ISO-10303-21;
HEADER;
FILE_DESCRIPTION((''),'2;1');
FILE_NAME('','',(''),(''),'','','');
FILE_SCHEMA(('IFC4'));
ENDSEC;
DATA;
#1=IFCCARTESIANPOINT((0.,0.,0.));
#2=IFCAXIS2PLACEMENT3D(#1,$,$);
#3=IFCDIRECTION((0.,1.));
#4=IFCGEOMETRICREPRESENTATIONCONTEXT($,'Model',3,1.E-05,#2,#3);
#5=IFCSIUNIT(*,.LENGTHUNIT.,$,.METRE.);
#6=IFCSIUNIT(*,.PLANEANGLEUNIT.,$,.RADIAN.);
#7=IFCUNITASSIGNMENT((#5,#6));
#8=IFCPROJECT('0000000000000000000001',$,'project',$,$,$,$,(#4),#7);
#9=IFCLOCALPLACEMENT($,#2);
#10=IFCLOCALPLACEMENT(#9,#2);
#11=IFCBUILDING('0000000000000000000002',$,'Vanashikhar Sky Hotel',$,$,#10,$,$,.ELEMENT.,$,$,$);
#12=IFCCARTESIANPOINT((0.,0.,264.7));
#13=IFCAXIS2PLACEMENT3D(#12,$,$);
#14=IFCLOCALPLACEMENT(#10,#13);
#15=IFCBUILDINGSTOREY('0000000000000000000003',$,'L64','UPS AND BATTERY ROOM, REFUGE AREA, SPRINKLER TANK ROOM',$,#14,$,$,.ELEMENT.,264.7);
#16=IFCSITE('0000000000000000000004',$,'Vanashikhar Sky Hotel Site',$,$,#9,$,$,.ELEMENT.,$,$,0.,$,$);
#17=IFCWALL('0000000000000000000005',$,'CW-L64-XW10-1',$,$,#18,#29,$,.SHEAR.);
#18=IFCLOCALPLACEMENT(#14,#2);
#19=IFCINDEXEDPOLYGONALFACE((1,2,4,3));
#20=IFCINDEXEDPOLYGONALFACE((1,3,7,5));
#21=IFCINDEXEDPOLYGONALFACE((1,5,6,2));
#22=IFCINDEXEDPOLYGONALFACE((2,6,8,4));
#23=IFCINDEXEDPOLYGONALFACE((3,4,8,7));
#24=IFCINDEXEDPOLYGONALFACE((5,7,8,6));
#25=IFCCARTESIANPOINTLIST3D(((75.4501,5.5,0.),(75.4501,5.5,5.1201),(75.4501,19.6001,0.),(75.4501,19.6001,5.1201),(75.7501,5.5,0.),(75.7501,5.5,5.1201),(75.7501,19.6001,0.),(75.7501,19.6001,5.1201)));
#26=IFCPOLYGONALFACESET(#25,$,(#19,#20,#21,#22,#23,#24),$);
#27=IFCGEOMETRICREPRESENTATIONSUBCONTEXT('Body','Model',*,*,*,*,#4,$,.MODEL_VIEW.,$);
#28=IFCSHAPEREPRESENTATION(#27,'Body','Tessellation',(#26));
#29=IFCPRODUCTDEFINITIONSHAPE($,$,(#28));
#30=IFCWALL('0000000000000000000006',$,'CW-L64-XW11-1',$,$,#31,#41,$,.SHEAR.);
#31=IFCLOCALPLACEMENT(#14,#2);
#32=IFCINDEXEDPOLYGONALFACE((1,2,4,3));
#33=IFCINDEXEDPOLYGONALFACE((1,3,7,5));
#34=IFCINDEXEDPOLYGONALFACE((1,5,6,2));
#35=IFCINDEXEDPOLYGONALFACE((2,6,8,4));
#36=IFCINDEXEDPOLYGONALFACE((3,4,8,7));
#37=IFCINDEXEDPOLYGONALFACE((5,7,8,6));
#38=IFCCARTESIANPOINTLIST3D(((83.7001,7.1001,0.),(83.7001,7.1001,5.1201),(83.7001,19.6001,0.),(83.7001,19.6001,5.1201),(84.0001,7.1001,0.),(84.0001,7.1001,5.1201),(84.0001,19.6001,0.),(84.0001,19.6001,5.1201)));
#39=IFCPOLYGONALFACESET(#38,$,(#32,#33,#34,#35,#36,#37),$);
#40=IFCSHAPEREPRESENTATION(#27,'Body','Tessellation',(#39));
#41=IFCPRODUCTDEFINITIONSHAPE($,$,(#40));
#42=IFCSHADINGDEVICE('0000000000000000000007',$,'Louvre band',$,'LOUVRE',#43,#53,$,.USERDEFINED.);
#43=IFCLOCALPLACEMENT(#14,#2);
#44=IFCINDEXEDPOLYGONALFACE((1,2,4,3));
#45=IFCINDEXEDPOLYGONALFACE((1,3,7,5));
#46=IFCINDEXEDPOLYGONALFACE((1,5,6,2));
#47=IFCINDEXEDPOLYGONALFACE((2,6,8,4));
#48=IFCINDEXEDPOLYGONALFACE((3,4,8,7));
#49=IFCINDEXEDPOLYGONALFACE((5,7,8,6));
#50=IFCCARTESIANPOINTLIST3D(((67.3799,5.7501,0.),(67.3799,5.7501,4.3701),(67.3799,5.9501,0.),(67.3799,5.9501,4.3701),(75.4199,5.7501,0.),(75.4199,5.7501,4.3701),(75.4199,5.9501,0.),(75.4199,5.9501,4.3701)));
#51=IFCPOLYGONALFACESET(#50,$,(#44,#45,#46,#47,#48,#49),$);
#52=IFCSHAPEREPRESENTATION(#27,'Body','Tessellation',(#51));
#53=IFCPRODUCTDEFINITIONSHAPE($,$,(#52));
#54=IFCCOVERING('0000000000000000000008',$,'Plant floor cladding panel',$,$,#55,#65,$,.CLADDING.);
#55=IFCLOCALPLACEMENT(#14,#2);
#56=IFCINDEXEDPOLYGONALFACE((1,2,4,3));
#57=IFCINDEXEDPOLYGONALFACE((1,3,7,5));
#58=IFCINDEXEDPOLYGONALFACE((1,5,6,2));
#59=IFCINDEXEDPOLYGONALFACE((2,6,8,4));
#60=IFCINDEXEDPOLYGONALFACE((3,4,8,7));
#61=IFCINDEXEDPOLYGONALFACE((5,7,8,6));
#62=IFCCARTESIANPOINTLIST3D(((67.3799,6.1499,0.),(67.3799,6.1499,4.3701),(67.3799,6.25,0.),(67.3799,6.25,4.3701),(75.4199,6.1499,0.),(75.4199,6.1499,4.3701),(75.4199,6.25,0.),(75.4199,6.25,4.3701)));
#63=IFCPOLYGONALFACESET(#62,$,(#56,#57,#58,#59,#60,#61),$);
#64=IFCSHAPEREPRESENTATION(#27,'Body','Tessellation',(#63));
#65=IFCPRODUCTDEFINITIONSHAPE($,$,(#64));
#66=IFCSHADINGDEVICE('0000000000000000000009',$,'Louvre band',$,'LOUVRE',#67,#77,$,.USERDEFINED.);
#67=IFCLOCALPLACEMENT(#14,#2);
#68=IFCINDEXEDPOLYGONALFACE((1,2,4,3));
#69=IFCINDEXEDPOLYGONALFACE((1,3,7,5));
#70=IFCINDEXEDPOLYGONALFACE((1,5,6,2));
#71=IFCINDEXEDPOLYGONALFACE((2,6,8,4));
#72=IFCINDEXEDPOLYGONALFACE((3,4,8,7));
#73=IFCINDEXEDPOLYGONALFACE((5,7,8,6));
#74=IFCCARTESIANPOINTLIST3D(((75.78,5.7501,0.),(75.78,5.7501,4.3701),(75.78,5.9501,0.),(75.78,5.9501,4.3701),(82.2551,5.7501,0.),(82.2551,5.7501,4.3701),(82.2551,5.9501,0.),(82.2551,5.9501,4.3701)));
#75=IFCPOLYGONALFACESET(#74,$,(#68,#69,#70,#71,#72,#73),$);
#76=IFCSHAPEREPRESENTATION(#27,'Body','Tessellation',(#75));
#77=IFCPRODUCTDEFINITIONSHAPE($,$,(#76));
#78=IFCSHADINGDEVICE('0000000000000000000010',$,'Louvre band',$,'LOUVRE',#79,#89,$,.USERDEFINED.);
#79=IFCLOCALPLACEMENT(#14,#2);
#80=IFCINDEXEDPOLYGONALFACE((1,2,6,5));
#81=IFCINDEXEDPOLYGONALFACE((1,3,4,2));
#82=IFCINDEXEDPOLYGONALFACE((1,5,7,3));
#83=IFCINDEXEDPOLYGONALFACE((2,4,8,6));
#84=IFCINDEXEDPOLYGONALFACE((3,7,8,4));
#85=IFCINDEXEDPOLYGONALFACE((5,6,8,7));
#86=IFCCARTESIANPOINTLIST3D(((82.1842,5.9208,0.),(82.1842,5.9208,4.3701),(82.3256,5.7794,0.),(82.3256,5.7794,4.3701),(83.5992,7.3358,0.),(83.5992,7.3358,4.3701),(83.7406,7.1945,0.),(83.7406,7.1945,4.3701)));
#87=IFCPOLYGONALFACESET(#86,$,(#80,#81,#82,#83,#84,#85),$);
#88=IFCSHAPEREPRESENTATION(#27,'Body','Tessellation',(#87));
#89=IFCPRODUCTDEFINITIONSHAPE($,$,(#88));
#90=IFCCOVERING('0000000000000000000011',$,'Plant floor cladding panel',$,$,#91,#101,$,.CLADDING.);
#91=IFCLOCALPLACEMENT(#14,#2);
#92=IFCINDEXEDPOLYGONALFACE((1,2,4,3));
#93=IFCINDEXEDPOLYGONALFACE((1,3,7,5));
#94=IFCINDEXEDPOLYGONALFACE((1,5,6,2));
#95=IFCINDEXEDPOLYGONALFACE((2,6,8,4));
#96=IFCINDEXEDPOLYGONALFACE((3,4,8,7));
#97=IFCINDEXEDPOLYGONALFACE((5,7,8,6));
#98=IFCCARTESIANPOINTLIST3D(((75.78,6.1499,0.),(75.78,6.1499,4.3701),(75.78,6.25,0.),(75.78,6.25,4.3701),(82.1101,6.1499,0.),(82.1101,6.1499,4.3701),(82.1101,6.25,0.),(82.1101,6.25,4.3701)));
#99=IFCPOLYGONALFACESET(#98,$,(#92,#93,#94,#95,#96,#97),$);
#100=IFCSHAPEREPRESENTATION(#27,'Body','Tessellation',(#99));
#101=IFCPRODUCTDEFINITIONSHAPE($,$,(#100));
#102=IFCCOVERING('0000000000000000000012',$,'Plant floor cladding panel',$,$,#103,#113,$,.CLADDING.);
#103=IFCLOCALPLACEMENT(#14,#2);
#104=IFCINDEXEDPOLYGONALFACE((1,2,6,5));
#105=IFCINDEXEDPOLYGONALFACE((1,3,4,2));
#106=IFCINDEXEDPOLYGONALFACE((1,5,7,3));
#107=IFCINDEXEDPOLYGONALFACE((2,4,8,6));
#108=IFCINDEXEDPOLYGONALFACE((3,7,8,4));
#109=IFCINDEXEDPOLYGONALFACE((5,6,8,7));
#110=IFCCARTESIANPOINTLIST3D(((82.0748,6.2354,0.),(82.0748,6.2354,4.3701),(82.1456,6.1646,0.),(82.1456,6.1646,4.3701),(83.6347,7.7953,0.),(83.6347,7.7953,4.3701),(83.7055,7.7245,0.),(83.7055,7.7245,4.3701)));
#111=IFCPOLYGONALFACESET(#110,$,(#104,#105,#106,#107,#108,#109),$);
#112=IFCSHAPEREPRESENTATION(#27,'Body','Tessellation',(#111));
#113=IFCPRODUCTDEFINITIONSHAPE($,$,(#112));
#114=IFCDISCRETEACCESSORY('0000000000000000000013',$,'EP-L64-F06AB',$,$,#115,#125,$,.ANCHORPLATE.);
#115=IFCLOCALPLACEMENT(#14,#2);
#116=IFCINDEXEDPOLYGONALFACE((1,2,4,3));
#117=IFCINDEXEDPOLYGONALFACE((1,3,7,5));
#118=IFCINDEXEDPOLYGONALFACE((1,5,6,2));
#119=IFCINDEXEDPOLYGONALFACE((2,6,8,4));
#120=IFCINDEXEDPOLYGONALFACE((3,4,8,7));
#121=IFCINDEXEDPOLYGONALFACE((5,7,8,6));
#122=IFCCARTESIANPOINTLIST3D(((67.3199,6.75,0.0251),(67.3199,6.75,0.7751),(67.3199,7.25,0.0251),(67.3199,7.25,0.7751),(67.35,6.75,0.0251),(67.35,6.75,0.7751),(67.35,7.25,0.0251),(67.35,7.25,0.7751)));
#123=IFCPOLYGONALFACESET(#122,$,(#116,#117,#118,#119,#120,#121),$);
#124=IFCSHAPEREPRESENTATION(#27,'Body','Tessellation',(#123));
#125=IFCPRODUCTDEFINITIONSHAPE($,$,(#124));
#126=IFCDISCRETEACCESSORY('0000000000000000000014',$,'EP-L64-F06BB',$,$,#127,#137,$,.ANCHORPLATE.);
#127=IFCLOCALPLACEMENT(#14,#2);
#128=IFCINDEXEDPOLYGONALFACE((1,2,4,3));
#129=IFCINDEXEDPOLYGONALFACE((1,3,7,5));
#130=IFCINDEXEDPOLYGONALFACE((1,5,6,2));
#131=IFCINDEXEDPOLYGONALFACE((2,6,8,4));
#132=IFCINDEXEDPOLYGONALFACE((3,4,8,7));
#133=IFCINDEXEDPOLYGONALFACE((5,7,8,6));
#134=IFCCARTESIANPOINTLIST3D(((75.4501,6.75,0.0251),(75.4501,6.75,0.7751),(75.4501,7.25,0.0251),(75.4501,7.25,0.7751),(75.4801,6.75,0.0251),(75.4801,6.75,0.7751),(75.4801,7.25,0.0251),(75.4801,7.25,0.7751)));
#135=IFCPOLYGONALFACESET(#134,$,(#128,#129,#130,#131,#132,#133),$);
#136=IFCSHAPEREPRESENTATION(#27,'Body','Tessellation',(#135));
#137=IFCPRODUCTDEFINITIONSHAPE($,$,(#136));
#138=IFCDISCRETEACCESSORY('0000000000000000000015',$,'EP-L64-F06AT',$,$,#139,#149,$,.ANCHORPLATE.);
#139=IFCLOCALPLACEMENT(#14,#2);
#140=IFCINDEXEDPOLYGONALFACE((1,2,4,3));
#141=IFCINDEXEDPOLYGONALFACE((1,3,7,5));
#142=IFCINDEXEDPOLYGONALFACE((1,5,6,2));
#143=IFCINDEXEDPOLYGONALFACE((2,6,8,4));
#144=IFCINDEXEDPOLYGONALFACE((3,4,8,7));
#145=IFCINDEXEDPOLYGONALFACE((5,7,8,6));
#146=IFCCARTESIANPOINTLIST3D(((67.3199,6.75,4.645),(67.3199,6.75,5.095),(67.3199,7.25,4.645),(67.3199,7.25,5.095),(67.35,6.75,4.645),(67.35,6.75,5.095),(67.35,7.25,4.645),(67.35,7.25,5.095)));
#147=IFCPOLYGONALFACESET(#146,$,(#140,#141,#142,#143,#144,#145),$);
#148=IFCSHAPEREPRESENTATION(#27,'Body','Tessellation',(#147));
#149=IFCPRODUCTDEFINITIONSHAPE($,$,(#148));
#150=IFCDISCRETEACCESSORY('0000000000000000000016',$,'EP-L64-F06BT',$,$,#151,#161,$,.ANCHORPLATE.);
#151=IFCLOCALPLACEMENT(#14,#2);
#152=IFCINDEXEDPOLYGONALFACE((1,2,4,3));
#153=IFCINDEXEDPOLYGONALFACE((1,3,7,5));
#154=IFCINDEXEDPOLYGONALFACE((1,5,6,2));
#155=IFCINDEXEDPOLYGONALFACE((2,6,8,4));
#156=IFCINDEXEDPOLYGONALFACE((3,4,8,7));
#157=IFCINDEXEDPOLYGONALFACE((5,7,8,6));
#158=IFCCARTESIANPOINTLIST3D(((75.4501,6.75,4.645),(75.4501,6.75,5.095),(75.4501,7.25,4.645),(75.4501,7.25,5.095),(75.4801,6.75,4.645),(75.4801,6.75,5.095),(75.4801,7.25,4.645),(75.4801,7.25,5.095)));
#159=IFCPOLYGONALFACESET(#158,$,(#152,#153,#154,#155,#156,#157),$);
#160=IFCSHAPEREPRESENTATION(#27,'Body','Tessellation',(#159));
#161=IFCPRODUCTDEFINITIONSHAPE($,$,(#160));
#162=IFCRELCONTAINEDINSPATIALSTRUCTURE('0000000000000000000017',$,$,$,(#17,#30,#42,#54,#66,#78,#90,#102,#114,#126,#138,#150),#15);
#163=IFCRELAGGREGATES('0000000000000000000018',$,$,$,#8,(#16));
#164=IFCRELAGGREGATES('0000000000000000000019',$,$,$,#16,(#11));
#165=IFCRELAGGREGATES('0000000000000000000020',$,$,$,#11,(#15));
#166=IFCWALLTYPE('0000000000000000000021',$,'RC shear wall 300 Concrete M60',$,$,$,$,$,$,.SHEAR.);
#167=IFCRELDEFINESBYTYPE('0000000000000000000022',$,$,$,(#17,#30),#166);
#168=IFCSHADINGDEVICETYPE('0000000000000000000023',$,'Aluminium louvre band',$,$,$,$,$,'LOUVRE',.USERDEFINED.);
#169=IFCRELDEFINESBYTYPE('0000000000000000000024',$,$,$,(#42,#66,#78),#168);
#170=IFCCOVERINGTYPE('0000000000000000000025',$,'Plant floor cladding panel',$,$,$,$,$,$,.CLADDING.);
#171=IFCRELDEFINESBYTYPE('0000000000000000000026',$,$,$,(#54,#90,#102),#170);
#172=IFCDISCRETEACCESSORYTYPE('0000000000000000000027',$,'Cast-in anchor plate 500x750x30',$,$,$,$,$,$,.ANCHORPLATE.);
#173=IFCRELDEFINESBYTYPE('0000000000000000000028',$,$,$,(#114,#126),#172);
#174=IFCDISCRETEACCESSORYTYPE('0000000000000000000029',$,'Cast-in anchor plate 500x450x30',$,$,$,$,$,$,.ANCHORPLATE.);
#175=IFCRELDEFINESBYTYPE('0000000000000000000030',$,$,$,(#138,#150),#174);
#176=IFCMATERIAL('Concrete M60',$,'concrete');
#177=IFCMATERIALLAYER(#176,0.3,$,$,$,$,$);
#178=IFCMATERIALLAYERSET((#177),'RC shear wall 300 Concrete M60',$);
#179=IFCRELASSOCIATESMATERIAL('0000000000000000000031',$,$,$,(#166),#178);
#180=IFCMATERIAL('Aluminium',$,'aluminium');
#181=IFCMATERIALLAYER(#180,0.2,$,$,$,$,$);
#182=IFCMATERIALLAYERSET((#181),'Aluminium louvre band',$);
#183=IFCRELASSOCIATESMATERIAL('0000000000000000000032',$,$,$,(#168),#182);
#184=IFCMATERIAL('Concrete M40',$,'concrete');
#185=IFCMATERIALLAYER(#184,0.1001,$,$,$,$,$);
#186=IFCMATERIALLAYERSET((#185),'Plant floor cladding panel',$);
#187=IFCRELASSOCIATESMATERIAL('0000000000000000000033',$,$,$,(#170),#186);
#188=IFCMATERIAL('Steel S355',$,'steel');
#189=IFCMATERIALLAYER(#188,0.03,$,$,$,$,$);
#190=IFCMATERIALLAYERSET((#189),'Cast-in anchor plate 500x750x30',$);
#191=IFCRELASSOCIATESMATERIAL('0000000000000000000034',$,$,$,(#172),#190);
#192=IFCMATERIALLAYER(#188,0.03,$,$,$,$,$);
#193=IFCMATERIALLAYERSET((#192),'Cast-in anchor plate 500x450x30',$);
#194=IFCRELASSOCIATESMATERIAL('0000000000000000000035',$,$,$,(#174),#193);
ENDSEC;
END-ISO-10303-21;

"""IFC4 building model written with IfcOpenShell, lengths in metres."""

from ifc_helpers import new_model, si_unit, direction, frame, frame_2d, origin, origin_2d, place, context, subcontext, project, spatial, rectangle, extrude, source, transform, mapped, material, layer, layer_set, type_object, element, save


model = new_model("IFC4")

# Units and contexts
model_context = context("Model", 3, precision=1e-05, world=origin(), true_north=direction((0.0, 1.0)))
body_context = subcontext(model_context, "Body", "Model", "MODEL_VIEW")
ifc_project = project(units=[si_unit("LENGTHUNIT", "METRE"), si_unit("PLANEANGLEUNIT", "RADIAN")], contexts=[model_context])

# Site, building, storey
site_placement = place(None, origin())
site = spatial("IfcSite", under=ifc_project, at=site_placement, Name="Vanashikhar Sky Hotel Site", CompositionType="ELEMENT", RefElevation=0.0)
building_placement = place(site_placement, origin())
building = spatial("IfcBuilding", under=site, at=building_placement, Name="Vanashikhar Sky Hotel", CompositionType="ELEMENT")
storey_placement = place(building_placement, frame((0.0, 0.0, 264.7)))
storey = spatial("IfcBuildingStorey", under=building, at=storey_placement, Name="L64", Description="UPS AND BATTERY ROOM, REFUGE AREA, SPRINKLER TANK ROOM", CompositionType="ELEMENT", Elevation=264.7)

# Shared definitions
ifc_material_1 = material(Name="Steel S355", Category="steel")

# Walls
ifc_material_2 = material(Name="Concrete M60", Category="concrete")
ifc_layer_1 = layer(ifc_material_2, 0.3)
ifc_layer_set_1 = layer_set([ifc_layer_1], Name="RC shear wall 300 Concrete M60")
wall_type = type_object("IfcWallType", Name="RC shear wall 300 Concrete M60", PredefinedType="SHEAR", material=ifc_layer_set_1)
shared_shape_1 = source(origin(), body_context, "Body", "SweptSolid", [
    extrude(rectangle(XDim=14.1001, YDim=0.3, at=frame_2d((7.05, 0.0))), origin(), (0.0, 0.0, 1.0), 5.1201),
])
for number, where, z_axis, x_axis, name in (
    (1, (75.6001, 5.5, 0.0), (0.0, 0.0, 1.0), (0.0, 1.0, 0.0), "CW-L64-XW10-1"),
):
    element("IfcWall", number, at=place(storey_placement, frame(where, z_axis=z_axis, x_axis=x_axis)), inside=storey, type_object=wall_type, Name=name, PredefinedType="SHEAR", context=body_context, shape_type="MappedRepresentation", body=[
        mapped(shared_shape_1, transform((0.0, 0.0, 0.0), scale=1.0)),
    ])
shared_shape_2 = source(origin(), body_context, "Body", "SweptSolid", [
    extrude(rectangle(XDim=12.5, YDim=0.3, at=frame_2d((6.25, 0.0))), origin(), (0.0, 0.0, 1.0), 5.1201),
])
wall_placement = place(storey_placement, frame((83.8501, 7.1001, 0.0), z_axis=(0.0, 0.0, 1.0), x_axis=(0.0, 1.0, 0.0)))
element("IfcWall", 2, at=wall_placement, inside=storey, type_object=wall_type, Name="CW-L64-XW11-1", PredefinedType="SHEAR", context=body_context, shape_type="MappedRepresentation", body=[
    mapped(shared_shape_2, transform((0.0, 0.0, 0.0), scale=1.0)),
])

# Shading device
ifc_material_3 = material(Name="Aluminium", Category="aluminium")
ifc_layer_2 = layer(ifc_material_3, 0.2)
ifc_layer_set_2 = layer_set([ifc_layer_2], Name="Aluminium louvre band")
shading_device_type = type_object("IfcShadingDeviceType", Name="Aluminium louvre band", ElementType="LOUVRE", PredefinedType="USERDEFINED", material=ifc_layer_set_2)
shared_shape_3 = source(origin(), body_context, "Body", "SweptSolid", [
    extrude(rectangle(XDim=8.04, YDim=0.2, at=origin_2d()), origin(), (0.0, 0.0, 1.0), 4.3701),
])
shading_device_1_placement = place(storey_placement, frame((71.3999, 5.8501, 0.0), z_axis=(0.0, 0.0, 1.0), x_axis=(1.0, 0.0, 0.0)))
element("IfcShadingDevice", 3, at=shading_device_1_placement, inside=storey, type_object=shading_device_type, Name="Louvre band", ObjectType="LOUVRE", PredefinedType="USERDEFINED", context=body_context, shape_type="MappedRepresentation", body=[
    mapped(shared_shape_3, transform((0.0, 0.0, 0.0), scale=1.0)),
])

# Covering
ifc_material_4 = material(Name="Concrete M40", Category="concrete")
ifc_layer_3 = layer(ifc_material_4, 0.1001)
ifc_layer_set_3 = layer_set([ifc_layer_3], Name="Plant floor cladding panel")
covering_type = type_object("IfcCoveringType", Name="Plant floor cladding panel", PredefinedType="CLADDING", material=ifc_layer_set_3)
shared_shape_4 = source(origin(), body_context, "Body", "SweptSolid", [
    extrude(rectangle(XDim=8.04, YDim=0.1001, at=origin_2d()), origin(), (0.0, 0.0, 1.0), 4.3701),
])
covering_1_placement = place(storey_placement, frame((71.3999, 6.2, 0.0), z_axis=(0.0, 0.0, 1.0), x_axis=(1.0, 0.0, 0.0)))
element("IfcCovering", 4, at=covering_1_placement, inside=storey, type_object=covering_type, Name="Plant floor cladding panel", PredefinedType="CLADDING", context=body_context, shape_type="MappedRepresentation", body=[
    mapped(shared_shape_4, transform((0.0, 0.0, 0.0), scale=1.0)),
])

# Shading devices
shared_shape_5 = source(origin(), body_context, "Body", "SweptSolid", [
    extrude(rectangle(XDim=6.4751, YDim=0.2, at=origin_2d()), origin(), (0.0, 0.0, 1.0), 4.3701),
])
shading_device_2_placement = place(storey_placement, frame((79.0176, 5.8501, 0.0), z_axis=(0.0, 0.0, 1.0), x_axis=(1.0, 0.0, 0.0)))
element("IfcShadingDevice", 5, at=shading_device_2_placement, inside=storey, type_object=shading_device_type, Name="Louvre band", ObjectType="LOUVRE", PredefinedType="USERDEFINED", context=body_context, shape_type="MappedRepresentation", body=[
    mapped(shared_shape_5, transform((0.0, 0.0, 0.0), scale=1.0)),
])
shared_shape_6 = source(origin(), body_context, "Body", "SweptSolid", [
    extrude(rectangle(XDim=2.0012, YDim=0.2, at=origin_2d()), origin(), (0.0, 0.0, 1.0), 4.3701),
])
shading_device_3_placement = place(storey_placement, frame((82.9624, 6.5576, 0.0), z_axis=(0.0, 0.0, 1.0), x_axis=(0.707107, 0.707107, 0.0)))
element("IfcShadingDevice", 6, at=shading_device_3_placement, inside=storey, type_object=shading_device_type, Name="Louvre band", ObjectType="LOUVRE", PredefinedType="USERDEFINED", context=body_context, shape_type="MappedRepresentation", body=[
    mapped(shared_shape_6, transform((0.0, 0.0, 0.0), scale=1.0)),
])

# Coverings
shared_shape_7 = source(origin(), body_context, "Body", "SweptSolid", [
    extrude(rectangle(XDim=6.3301, YDim=0.1001, at=origin_2d()), origin(), (0.0, 0.0, 1.0), 4.3701),
])
covering_2_placement = place(storey_placement, frame((78.9451, 6.2, 0.0), z_axis=(0.0, 0.0, 1.0), x_axis=(1.0, 0.0, 0.0)))
element("IfcCovering", 7, at=covering_2_placement, inside=storey, type_object=covering_type, Name="Plant floor cladding panel", PredefinedType="CLADDING", context=body_context, shape_type="MappedRepresentation", body=[
    mapped(shared_shape_7, transform((0.0, 0.0, 0.0), scale=1.0)),
])
shared_shape_8 = source(origin(), body_context, "Body", "SweptSolid", [
    extrude(rectangle(XDim=2.2061, YDim=0.1001, at=origin_2d()), origin(), (0.0, 0.0, 1.0), 4.3701),
])
covering_3_placement = place(storey_placement, frame((82.8901, 6.98, 0.0), z_axis=(0.0, 0.0, 1.0), x_axis=(0.707107, 0.707107, 0.0)))
element("IfcCovering", 8, at=covering_3_placement, inside=storey, type_object=covering_type, Name="Plant floor cladding panel", PredefinedType="CLADDING", context=body_context, shape_type="MappedRepresentation", body=[
    mapped(shared_shape_8, transform((0.0, 0.0, 0.0), scale=1.0)),
])

# Discrete accessories
ifc_layer_4 = layer(ifc_material_1, 0.03)
ifc_layer_set_4 = layer_set([ifc_layer_4], Name="Cast-in anchor plate 500x750x30")
discrete_accessory_type_1 = type_object("IfcDiscreteAccessoryType", Name="Cast-in anchor plate 500x750x30", PredefinedType="ANCHORPLATE", material=ifc_layer_set_4)
shared_shape_9 = source(origin(), body_context, "Body", "SweptSolid", [
    extrude(rectangle(XDim=0.03, YDim=0.5, at=origin_2d()), origin(), (0.0, 0.0, 1.0), 0.75),
])
for number, where, z_axis, x_axis, name in (
    (9, (67.335, 7.0, 0.0251), (0.0, 0.0, 1.0), (1.0, 0.0, 0.0), "EP-L64-F06AB"),
    (10, (75.4651, 7.0, 0.0251), (0.0, 0.0, 1.0), (1.0, 0.0, 0.0), "EP-L64-F06BB"),
):
    element("IfcDiscreteAccessory", number, at=place(storey_placement, frame(where, z_axis=z_axis, x_axis=x_axis)), inside=storey, type_object=discrete_accessory_type_1, Name=name, PredefinedType="ANCHORPLATE", context=body_context, shape_type="MappedRepresentation", body=[
        mapped(shared_shape_9, transform((0.0, 0.0, 0.0), scale=1.0)),
    ])
ifc_layer_5 = layer(ifc_material_1, 0.03)
ifc_layer_set_5 = layer_set([ifc_layer_5], Name="Cast-in anchor plate 500x450x30")
discrete_accessory_type_2 = type_object("IfcDiscreteAccessoryType", Name="Cast-in anchor plate 500x450x30", PredefinedType="ANCHORPLATE", material=ifc_layer_set_5)
shared_shape_10 = source(origin(), body_context, "Body", "SweptSolid", [
    extrude(rectangle(XDim=0.03, YDim=0.5, at=origin_2d()), origin(), (0.0, 0.0, 1.0), 0.45),
])
for number, where, z_axis, x_axis, name in (
    (11, (67.335, 7.0, 4.645), (0.0, 0.0, 1.0), (1.0, 0.0, 0.0), "EP-L64-F06AT"),
    (12, (75.4651, 7.0, 4.645), (0.0, 0.0, 1.0), (1.0, 0.0, 0.0), "EP-L64-F06BT"),
):
    element("IfcDiscreteAccessory", number, at=place(storey_placement, frame(where, z_axis=z_axis, x_axis=x_axis)), inside=storey, type_object=discrete_accessory_type_2, Name=name, PredefinedType="ANCHORPLATE", context=body_context, shape_type="MappedRepresentation", body=[
        mapped(shared_shape_10, transform((0.0, 0.0, 0.0), scale=1.0)),
    ])

save(model, "model.ifc")
